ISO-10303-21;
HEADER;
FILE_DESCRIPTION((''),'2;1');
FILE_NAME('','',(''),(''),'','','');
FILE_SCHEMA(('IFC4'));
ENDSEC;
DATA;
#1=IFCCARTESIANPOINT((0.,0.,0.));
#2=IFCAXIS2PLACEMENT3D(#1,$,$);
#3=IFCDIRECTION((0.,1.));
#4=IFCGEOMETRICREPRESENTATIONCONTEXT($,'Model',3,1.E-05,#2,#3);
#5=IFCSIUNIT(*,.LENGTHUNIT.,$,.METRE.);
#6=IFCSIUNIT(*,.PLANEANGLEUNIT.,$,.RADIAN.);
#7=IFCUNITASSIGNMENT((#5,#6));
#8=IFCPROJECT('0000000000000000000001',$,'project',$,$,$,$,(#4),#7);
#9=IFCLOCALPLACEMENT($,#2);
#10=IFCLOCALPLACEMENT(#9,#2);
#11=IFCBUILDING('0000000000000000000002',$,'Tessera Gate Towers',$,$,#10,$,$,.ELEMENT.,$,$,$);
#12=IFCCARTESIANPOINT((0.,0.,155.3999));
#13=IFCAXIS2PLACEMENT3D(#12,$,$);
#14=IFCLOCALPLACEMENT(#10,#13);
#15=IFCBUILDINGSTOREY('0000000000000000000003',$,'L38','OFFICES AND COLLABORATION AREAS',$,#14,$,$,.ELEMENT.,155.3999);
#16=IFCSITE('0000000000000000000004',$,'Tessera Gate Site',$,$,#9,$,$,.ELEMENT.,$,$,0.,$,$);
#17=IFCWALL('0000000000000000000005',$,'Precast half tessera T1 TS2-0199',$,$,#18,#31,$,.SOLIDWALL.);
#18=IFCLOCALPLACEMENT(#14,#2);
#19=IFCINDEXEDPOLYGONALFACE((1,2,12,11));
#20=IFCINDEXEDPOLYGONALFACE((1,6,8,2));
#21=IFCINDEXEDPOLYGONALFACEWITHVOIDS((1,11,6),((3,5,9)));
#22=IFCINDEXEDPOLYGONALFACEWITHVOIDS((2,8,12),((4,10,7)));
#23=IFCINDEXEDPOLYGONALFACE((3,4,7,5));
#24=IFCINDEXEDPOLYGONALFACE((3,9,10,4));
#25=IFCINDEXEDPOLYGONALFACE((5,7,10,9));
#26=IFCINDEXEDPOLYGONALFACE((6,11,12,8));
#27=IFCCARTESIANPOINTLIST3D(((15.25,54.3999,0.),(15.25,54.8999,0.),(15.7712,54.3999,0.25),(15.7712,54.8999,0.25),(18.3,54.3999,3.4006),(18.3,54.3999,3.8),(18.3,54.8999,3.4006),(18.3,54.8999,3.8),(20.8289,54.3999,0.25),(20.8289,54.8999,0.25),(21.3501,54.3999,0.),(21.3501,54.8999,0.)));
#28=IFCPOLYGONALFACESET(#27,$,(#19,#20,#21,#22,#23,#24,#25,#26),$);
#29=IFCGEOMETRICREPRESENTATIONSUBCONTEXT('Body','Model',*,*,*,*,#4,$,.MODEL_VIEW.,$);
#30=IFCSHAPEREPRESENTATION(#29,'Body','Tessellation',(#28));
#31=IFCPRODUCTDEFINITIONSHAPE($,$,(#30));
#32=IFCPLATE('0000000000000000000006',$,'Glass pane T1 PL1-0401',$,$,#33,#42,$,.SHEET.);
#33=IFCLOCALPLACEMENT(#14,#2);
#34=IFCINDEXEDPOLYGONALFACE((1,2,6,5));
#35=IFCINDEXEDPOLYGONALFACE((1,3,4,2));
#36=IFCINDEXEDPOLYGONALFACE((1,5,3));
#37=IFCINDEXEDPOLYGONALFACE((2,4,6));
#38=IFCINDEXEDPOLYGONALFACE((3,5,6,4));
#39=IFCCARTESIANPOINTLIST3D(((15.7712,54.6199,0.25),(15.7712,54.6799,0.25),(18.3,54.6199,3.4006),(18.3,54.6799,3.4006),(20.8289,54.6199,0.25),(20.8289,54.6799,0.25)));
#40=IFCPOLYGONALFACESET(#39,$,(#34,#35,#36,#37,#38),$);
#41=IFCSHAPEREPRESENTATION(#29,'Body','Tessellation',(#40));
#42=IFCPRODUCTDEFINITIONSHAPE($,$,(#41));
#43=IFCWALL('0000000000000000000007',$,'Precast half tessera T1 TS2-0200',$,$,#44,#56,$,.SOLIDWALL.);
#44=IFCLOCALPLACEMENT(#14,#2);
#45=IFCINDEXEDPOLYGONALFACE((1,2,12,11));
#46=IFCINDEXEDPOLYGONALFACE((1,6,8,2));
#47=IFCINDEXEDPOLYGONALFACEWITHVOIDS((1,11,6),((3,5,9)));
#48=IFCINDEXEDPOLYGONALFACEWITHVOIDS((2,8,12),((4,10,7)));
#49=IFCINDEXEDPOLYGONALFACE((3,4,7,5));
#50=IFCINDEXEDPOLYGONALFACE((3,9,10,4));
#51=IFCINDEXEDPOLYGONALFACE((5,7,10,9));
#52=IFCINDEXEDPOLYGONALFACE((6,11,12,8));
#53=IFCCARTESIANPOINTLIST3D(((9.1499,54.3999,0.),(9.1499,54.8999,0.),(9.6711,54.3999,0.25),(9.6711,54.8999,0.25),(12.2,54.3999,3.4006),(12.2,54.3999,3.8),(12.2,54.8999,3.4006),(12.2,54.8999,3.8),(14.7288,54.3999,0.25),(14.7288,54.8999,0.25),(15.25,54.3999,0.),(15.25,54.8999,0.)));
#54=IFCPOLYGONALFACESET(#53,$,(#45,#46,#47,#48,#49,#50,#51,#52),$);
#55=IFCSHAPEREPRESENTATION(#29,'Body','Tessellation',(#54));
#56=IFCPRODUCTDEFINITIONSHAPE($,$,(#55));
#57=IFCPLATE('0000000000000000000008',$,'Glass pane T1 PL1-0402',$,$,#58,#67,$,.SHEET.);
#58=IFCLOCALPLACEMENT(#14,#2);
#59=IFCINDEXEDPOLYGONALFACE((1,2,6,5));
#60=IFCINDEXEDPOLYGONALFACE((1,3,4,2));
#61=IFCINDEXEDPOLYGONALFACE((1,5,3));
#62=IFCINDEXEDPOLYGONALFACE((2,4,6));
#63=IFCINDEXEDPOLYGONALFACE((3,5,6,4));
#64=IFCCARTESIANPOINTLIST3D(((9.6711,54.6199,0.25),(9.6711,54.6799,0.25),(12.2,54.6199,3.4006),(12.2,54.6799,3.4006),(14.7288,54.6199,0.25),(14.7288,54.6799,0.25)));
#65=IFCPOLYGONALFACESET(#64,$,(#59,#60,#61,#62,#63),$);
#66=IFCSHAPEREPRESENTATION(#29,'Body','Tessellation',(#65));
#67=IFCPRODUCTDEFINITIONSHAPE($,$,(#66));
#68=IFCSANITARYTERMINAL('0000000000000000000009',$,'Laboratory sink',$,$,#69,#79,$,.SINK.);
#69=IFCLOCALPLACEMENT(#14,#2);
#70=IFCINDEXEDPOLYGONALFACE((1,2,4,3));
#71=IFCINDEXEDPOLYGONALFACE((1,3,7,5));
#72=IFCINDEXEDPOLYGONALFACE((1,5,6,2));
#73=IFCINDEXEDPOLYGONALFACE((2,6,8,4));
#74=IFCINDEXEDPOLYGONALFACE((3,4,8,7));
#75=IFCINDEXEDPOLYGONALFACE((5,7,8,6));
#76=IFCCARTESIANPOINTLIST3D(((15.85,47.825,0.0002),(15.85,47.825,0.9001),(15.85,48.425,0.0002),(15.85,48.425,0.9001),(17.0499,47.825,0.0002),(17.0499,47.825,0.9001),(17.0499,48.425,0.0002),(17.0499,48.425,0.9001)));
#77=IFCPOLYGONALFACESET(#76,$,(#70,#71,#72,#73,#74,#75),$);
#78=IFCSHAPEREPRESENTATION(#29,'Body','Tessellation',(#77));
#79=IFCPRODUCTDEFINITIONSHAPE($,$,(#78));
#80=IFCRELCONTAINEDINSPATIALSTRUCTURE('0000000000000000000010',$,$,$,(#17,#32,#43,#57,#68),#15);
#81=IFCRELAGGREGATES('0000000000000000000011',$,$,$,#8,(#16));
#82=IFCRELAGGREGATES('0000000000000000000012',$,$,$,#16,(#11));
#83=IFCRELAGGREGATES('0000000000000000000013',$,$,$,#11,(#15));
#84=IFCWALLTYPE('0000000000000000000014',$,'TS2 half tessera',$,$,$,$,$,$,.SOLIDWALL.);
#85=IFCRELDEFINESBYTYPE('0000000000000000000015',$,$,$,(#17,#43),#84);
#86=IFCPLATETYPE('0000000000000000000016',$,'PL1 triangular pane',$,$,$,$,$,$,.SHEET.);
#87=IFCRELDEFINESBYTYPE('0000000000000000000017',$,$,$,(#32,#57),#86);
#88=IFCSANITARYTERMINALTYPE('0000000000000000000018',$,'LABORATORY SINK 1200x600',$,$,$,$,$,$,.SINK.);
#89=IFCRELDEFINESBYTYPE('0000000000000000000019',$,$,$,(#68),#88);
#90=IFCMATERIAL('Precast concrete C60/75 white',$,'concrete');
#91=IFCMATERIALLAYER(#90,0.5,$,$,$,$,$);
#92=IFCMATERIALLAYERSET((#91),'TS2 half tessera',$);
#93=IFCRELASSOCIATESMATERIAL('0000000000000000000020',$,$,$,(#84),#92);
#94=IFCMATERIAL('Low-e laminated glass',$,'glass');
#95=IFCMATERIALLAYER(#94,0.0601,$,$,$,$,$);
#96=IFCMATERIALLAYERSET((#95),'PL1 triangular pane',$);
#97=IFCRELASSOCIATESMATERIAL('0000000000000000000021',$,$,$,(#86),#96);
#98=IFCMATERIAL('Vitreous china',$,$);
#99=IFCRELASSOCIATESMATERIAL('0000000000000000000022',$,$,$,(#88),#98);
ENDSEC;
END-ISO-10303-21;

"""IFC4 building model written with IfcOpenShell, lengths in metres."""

from ifc_helpers import new_model, si_unit, direction, frame, origin, origin_2d, place, context, subcontext, project, spatial, polyline, rectangle, outline, extrude, source, transform, mapped, material, layer, layer_set, type_object, element, fill, save


model = new_model("IFC4")

# Units and contexts
model_context = context("Model", 3, precision=1e-05, world=origin(), true_north=direction((0.0, 1.0)))
body_context = subcontext(model_context, "Body", "Model", "MODEL_VIEW")
ifc_project = project(units=[si_unit("LENGTHUNIT", "METRE"), si_unit("PLANEANGLEUNIT", "RADIAN")], contexts=[model_context])

# Site, building, storey
site_placement = place(None, origin())
site = spatial("IfcSite", under=ifc_project, at=site_placement, Name="Tessera Gate Site", CompositionType="ELEMENT", RefElevation=0.0)
building_placement = place(site_placement, origin())
building = spatial("IfcBuilding", under=site, at=building_placement, Name="Tessera Gate Towers", CompositionType="ELEMENT")
storey_placement = place(building_placement, frame((0.0, 0.0, 155.3999)))
storey = spatial("IfcBuildingStorey", under=building, at=storey_placement, Name="L38", Description="OFFICES AND COLLABORATION AREAS", CompositionType="ELEMENT", Elevation=155.3999)

# Walls, openings, plates
ifc_material_1 = material(Name="Precast concrete C60/75 white", Category="concrete")
ifc_layer_1 = layer(ifc_material_1, 0.5)
ifc_layer_set_1 = layer_set([ifc_layer_1], Name="TS2 half tessera")
wall_type_1 = type_object("IfcWallType", Name="TS2 half tessera", PredefinedType="SOLIDWALL", material=ifc_layer_set_1)
shared_shape_1 = source(origin(), body_context, "Body", "SweptSolid", [
    extrude(outline(polyline([(6.1001, 0.0), (3.05, 3.8), (0.0, 0.0), (6.1001, 0.0)])), frame((0.0, 0.25, 0.0), z_axis=(0.0, -1.0, 0.0), x_axis=(1.0, 0.0, 0.0)), (0.0, 0.0, 1.0), 0.5),
])
wall_1_placement = place(storey_placement, frame((21.3501, 54.6499, 0.0), z_axis=(0.0, 0.0, 1.0), x_axis=(-1.0, 0.0, 0.0)))
wall_1 = element("IfcWall", 1, at=wall_1_placement, inside=storey, type_object=wall_type_1, Name="Precast half tessera T1 TS2-0199", PredefinedType="SOLIDWALL", context=body_context, shape_type="MappedRepresentation", body=[
    mapped(shared_shape_1, transform((0.0, 0.0, 0.0), scale=1.0)),
])
shared_shape_2 = source(origin(), body_context, "Body", "SweptSolid", [
    extrude(outline(polyline([(5.5789, 0.25), (3.05, 3.4006), (0.5212, 0.25), (5.5789, 0.25)])), frame((0.0, 0.26, 0.0), z_axis=(0.0, -1.0, 0.0), x_axis=(1.0, 0.0, 0.0)), (0.0, 0.0, 1.0), 0.52),
])
opening_1_placement = place(wall_1_placement, origin())
opening_1 = element("IfcOpeningElement", 2, at=opening_1_placement, cuts=wall_1, PredefinedType="OPENING", context=body_context, shape_type="MappedRepresentation", body=[
    mapped(shared_shape_2, transform((0.0, 0.0, 0.0), scale=1.0)),
])
ifc_material_2 = material(Name="Low-e laminated glass", Category="glass")
ifc_layer_2 = layer(ifc_material_2, 0.0601)
ifc_layer_set_2 = layer_set([ifc_layer_2], Name="PL1 triangular pane")
plate_type = type_object("IfcPlateType", Name="PL1 triangular pane", PredefinedType="SHEET", material=ifc_layer_set_2)
shared_shape_3 = source(origin(), body_context, "Body", "SweptSolid", [
    extrude(outline(polyline([(5.5789, 0.25), (3.05, 3.4006), (0.5212, 0.25), (5.5789, 0.25)])), frame((0.0, 0.03, 0.0), z_axis=(0.0, -1.0, 0.0), x_axis=(1.0, 0.0, 0.0)), (0.0, 0.0, 1.0), 0.0601),
])
plate_1_placement = place(opening_1_placement, origin())
plate_1 = element("IfcPlate", 3, at=plate_1_placement, inside=storey, type_object=plate_type, Name="Glass pane T1 PL1-0401", PredefinedType="SHEET", context=body_context, shape_type="MappedRepresentation", body=[
    mapped(shared_shape_3, transform((0.0, 0.0, 0.0), scale=1.0)),
])
fill(opening_1, plate_1)
wall_2_placement = place(storey_placement, frame((15.25, 54.6499, 0.0), z_axis=(0.0, 0.0, 1.0), x_axis=(-1.0, 0.0, 0.0)))
wall_2 = element("IfcWall", 4, at=wall_2_placement, inside=storey, type_object=wall_type_1, Name="Precast half tessera T1 TS2-0200", PredefinedType="SOLIDWALL", context=body_context, shape_type="MappedRepresentation", body=[
    mapped(shared_shape_1, transform((0.0, 0.0, 0.0), scale=1.0)),
])
opening_2_placement = place(wall_2_placement, origin())
opening_2 = element("IfcOpeningElement", 5, at=opening_2_placement, cuts=wall_2, PredefinedType="OPENING", context=body_context, shape_type="MappedRepresentation", body=[
    mapped(shared_shape_2, transform((0.0, 0.0, 0.0), scale=1.0)),
])
plate_2_placement = place(opening_2_placement, origin())
plate_2 = element("IfcPlate", 6, at=plate_2_placement, inside=storey, type_object=plate_type, Name="Glass pane T1 PL1-0402", PredefinedType="SHEET", context=body_context, shape_type="MappedRepresentation", body=[
    mapped(shared_shape_3, transform((0.0, 0.0, 0.0), scale=1.0)),
])
fill(opening_2, plate_2)

# Sanitary terminal
ifc_material_3 = material(Name="Vitreous china")
sanitary_terminal_type = type_object("IfcSanitaryTerminalType", Name="LABORATORY SINK 1200x600", PredefinedType="SINK", material=ifc_material_3)
sanitary_terminal_placement = place(storey_placement, frame((16.45, 48.125, 0.0002), z_axis=(0.0, 0.0, 1.0), x_axis=(1.0, 0.0, 0.0)))
element("IfcSanitaryTerminal", 7, at=sanitary_terminal_placement, inside=storey, type_object=sanitary_terminal_type, Name="Laboratory sink", PredefinedType="SINK", context=body_context, shape_type="SweptSolid", body=[
    extrude(rectangle(XDim=1.2, YDim=0.6001, at=origin_2d()), origin(), (0.0, 0.0, 1.0), 0.8999),
])

save(model, "model.ifc")
